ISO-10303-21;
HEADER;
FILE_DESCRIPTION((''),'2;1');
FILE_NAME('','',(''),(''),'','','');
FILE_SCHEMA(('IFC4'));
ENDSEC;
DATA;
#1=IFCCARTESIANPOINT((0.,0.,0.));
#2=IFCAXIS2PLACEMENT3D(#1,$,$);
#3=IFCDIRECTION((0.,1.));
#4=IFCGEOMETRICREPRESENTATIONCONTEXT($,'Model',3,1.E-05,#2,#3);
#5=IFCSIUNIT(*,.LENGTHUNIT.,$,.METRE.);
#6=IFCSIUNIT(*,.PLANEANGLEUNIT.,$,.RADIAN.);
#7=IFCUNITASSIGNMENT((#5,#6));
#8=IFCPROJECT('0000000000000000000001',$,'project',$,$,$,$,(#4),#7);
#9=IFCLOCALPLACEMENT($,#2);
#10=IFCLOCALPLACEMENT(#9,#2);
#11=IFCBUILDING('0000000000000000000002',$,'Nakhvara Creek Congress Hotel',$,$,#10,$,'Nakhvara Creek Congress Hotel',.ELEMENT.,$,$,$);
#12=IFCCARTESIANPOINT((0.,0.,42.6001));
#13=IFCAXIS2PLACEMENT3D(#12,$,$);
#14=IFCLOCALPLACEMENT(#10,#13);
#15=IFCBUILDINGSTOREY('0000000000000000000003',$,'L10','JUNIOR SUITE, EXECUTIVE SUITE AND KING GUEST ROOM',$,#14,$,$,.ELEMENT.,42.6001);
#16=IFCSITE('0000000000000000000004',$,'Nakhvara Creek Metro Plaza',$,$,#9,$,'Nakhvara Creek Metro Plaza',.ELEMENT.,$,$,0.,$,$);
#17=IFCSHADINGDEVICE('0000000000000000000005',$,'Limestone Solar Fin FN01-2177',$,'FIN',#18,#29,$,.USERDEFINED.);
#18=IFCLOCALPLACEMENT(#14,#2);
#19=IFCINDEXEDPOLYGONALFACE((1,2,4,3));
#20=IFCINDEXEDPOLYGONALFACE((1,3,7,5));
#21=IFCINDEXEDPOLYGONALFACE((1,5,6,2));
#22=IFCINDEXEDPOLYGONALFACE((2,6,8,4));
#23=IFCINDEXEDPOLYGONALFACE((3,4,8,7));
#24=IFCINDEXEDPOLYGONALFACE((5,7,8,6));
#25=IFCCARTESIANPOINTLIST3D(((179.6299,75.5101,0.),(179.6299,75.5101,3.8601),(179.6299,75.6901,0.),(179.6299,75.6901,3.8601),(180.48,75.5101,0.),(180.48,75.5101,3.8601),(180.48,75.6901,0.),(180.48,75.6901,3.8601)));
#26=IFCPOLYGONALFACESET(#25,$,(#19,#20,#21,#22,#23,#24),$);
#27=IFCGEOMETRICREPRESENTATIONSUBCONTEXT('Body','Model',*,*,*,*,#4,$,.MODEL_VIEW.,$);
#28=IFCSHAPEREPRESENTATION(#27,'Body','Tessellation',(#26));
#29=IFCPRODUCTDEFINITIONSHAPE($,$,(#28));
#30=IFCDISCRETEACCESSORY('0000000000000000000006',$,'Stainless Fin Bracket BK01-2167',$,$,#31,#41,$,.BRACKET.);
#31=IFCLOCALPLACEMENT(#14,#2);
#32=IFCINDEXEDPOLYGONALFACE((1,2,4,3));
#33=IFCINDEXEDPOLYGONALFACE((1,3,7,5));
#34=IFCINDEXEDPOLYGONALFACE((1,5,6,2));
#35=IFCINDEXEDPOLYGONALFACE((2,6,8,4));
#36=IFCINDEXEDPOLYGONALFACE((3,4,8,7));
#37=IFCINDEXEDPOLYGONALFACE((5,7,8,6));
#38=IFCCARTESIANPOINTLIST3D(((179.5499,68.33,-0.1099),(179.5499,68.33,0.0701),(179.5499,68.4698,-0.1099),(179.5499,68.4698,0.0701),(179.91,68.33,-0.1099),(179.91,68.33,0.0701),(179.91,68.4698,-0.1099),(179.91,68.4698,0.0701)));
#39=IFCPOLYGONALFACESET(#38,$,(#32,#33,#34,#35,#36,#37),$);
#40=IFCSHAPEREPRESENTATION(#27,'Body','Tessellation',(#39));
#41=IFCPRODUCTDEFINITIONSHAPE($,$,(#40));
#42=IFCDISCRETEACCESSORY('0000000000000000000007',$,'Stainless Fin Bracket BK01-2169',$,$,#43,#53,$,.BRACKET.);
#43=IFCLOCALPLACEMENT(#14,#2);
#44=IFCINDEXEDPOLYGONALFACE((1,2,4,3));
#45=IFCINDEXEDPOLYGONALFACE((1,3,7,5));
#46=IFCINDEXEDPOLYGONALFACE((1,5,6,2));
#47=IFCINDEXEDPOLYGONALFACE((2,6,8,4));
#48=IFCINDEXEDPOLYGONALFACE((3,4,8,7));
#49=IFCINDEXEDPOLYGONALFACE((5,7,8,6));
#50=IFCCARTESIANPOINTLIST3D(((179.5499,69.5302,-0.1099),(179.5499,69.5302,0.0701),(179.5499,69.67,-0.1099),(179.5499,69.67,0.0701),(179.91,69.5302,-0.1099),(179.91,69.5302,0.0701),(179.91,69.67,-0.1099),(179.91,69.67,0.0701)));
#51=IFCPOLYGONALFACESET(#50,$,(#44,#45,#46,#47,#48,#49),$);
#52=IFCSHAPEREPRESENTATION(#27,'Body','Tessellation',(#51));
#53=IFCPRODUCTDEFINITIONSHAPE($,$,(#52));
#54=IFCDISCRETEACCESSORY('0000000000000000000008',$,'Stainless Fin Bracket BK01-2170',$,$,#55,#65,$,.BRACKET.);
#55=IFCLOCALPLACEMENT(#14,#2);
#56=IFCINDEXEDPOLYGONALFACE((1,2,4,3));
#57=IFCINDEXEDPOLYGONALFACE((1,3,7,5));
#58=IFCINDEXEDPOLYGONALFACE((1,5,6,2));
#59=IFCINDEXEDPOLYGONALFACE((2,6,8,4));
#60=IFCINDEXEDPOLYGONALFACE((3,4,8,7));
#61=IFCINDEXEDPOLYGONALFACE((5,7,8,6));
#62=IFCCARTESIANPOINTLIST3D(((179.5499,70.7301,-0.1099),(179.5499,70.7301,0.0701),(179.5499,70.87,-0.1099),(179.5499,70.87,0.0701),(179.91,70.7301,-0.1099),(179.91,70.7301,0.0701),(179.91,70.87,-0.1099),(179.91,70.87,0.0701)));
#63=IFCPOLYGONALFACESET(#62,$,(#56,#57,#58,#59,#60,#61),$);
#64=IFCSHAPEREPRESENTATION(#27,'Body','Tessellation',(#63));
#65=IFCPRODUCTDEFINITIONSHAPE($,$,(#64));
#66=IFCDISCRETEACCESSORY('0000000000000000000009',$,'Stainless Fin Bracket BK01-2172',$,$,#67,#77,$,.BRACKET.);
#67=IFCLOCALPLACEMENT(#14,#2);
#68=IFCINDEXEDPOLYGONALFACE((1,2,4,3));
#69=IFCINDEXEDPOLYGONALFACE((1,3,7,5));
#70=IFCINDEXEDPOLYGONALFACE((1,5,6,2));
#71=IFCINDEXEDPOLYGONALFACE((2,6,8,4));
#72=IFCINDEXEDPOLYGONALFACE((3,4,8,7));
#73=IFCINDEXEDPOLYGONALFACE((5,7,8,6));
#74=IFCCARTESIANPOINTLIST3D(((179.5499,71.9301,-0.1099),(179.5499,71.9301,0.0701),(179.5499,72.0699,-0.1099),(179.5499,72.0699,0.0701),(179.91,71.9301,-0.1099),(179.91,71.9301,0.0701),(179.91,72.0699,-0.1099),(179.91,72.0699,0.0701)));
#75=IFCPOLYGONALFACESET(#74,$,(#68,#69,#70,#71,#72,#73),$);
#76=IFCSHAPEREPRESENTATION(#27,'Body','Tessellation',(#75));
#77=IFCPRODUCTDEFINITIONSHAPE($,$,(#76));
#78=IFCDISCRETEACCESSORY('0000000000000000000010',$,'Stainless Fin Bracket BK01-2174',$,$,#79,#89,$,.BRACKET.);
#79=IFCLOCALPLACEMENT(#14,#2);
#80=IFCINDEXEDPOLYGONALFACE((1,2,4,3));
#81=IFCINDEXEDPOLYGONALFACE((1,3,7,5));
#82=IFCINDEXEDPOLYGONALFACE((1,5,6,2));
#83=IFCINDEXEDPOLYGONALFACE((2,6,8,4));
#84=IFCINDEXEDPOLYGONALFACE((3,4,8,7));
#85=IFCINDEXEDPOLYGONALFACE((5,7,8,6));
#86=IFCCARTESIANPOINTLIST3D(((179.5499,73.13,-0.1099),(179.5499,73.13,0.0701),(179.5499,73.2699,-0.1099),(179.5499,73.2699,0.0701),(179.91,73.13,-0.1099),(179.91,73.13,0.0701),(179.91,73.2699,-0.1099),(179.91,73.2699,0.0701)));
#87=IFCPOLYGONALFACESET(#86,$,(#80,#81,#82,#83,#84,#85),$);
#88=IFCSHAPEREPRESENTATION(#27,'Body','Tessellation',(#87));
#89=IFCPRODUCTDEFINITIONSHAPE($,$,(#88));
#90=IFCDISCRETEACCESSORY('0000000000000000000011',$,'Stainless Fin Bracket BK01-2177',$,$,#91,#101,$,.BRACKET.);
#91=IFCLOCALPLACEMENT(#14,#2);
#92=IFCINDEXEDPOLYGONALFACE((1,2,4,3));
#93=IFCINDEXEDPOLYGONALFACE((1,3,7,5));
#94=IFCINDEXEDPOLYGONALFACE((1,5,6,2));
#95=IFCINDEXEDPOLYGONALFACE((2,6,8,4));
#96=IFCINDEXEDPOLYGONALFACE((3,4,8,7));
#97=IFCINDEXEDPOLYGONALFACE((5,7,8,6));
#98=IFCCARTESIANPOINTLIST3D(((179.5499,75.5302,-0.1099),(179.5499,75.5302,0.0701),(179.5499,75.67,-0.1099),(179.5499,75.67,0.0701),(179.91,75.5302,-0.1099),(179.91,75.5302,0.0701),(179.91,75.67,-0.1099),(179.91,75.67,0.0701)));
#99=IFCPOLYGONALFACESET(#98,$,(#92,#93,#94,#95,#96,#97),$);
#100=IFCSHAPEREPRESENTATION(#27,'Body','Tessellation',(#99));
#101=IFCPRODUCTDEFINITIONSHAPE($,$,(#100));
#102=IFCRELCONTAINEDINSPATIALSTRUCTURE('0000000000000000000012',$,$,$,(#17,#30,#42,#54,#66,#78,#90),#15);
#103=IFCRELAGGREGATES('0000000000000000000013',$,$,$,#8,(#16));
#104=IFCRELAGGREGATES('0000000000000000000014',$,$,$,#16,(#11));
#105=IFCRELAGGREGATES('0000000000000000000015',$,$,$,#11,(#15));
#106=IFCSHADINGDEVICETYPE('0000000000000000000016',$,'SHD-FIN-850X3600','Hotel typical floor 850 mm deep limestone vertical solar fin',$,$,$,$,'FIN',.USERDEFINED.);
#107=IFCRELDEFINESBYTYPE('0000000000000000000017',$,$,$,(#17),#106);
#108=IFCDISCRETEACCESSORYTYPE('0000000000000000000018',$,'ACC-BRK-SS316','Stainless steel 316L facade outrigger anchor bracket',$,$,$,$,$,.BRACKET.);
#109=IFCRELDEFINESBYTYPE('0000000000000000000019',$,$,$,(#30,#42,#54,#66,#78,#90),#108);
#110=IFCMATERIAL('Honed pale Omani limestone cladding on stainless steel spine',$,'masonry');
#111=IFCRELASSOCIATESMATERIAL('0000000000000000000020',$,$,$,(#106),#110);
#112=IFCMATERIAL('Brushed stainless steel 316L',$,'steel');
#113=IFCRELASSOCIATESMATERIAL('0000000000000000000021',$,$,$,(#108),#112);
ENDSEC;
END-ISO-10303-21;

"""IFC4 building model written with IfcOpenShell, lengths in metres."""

from ifc_helpers import new_model, si_unit, direction, frame, origin, origin_2d, place, context, subcontext, project, spatial, rectangle, extrude, material, type_object, element, save


model = new_model("IFC4")

# Units and contexts
model_context = context("Model", 3, precision=1e-05, world=origin(), true_north=direction((0.0, 1.0)))
body_context = subcontext(model_context, "Body", "Model", "MODEL_VIEW")
ifc_project = project(units=[si_unit("LENGTHUNIT", "METRE"), si_unit("PLANEANGLEUNIT", "RADIAN")], contexts=[model_context])

# Site, building, storey
site_placement = place(None, origin())
site = spatial("IfcSite", under=ifc_project, at=site_placement, Name="Nakhvara Creek Metro Plaza", LongName="Nakhvara Creek Metro Plaza", CompositionType="ELEMENT", RefElevation=0.0)
building_placement = place(site_placement, origin())
building = spatial("IfcBuilding", under=site, at=building_placement, Name="Nakhvara Creek Congress Hotel", LongName="Nakhvara Creek Congress Hotel", CompositionType="ELEMENT")
storey_placement = place(building_placement, frame((0.0, 0.0, 42.6001)))
storey = spatial("IfcBuildingStorey", under=building, at=storey_placement, Name="L10", Description="JUNIOR SUITE, EXECUTIVE SUITE AND KING GUEST ROOM", CompositionType="ELEMENT", Elevation=42.6001)

# Shading device
ifc_material_1 = material(Name="Honed pale Omani limestone cladding on stainless steel spine", Category="masonry")
shading_device_type = type_object("IfcShadingDeviceType", Name="SHD-FIN-850X3600", Description="Hotel typical floor 850 mm deep limestone vertical solar fin", ElementType="FIN", PredefinedType="USERDEFINED", material=ifc_material_1)
for number, where, z_axis, x_axis, name in (
    (1, (180.0549, 75.6001, 0.0), (0.0, 0.0, 1.0), (0.0, 1.0, 0.0), "Limestone Solar Fin FN01-2177"),
):
    element("IfcShadingDevice", number, at=place(storey_placement, frame(where, z_axis=z_axis, x_axis=x_axis)), inside=storey, type_object=shading_device_type, Name=name, ObjectType="FIN", PredefinedType="USERDEFINED", context=body_context, shape_type="SweptSolid", body=[
        extrude(rectangle(XDim=0.1799, YDim=0.8501, at=origin_2d()), origin(), (0.0, 0.0, 1.0), 3.8601),
    ])

# Discrete accessories
ifc_material_2 = material(Name="Brushed stainless steel 316L", Category="steel")
discrete_accessory_type = type_object("IfcDiscreteAccessoryType", Name="ACC-BRK-SS316", Description="Stainless steel 316L facade outrigger anchor bracket", PredefinedType="BRACKET", material=ifc_material_2)
for number, where, z_axis, x_axis, name in (
    (2, (179.73, 68.3999, -0.1099), (0.0, 0.0, 1.0), (0.0, 1.0, 0.0), "Stainless Fin Bracket BK01-2167"),
    (3, (179.73, 69.6001, -0.1099), (0.0, 0.0, 1.0), (0.0, 1.0, 0.0), "Stainless Fin Bracket BK01-2169"),
    (4, (179.73, 70.8, -0.1099), (0.0, 0.0, 1.0), (0.0, 1.0, 0.0), "Stainless Fin Bracket BK01-2170"),
    (5, (179.73, 72.0, -0.1099), (0.0, 0.0, 1.0), (0.0, 1.0, 0.0), "Stainless Fin Bracket BK01-2172"),
    (6, (179.73, 73.2, -0.1099), (0.0, 0.0, 1.0), (0.0, 1.0, 0.0), "Stainless Fin Bracket BK01-2174"),
    (7, (179.73, 75.6001, -0.1099), (0.0, 0.0, 1.0), (0.0, 1.0, 0.0), "Stainless Fin Bracket BK01-2177"),
):
    element("IfcDiscreteAccessory", number, at=place(storey_placement, frame(where, z_axis=z_axis, x_axis=x_axis)), inside=storey, type_object=discrete_accessory_type, Name=name, PredefinedType="BRACKET", context=body_context, shape_type="SweptSolid", body=[
        extrude(rectangle(XDim=0.1399, YDim=0.3601, at=origin_2d()), origin(), (0.0, 0.0, 1.0), 0.1799),
    ])

save(model, "model.ifc")
